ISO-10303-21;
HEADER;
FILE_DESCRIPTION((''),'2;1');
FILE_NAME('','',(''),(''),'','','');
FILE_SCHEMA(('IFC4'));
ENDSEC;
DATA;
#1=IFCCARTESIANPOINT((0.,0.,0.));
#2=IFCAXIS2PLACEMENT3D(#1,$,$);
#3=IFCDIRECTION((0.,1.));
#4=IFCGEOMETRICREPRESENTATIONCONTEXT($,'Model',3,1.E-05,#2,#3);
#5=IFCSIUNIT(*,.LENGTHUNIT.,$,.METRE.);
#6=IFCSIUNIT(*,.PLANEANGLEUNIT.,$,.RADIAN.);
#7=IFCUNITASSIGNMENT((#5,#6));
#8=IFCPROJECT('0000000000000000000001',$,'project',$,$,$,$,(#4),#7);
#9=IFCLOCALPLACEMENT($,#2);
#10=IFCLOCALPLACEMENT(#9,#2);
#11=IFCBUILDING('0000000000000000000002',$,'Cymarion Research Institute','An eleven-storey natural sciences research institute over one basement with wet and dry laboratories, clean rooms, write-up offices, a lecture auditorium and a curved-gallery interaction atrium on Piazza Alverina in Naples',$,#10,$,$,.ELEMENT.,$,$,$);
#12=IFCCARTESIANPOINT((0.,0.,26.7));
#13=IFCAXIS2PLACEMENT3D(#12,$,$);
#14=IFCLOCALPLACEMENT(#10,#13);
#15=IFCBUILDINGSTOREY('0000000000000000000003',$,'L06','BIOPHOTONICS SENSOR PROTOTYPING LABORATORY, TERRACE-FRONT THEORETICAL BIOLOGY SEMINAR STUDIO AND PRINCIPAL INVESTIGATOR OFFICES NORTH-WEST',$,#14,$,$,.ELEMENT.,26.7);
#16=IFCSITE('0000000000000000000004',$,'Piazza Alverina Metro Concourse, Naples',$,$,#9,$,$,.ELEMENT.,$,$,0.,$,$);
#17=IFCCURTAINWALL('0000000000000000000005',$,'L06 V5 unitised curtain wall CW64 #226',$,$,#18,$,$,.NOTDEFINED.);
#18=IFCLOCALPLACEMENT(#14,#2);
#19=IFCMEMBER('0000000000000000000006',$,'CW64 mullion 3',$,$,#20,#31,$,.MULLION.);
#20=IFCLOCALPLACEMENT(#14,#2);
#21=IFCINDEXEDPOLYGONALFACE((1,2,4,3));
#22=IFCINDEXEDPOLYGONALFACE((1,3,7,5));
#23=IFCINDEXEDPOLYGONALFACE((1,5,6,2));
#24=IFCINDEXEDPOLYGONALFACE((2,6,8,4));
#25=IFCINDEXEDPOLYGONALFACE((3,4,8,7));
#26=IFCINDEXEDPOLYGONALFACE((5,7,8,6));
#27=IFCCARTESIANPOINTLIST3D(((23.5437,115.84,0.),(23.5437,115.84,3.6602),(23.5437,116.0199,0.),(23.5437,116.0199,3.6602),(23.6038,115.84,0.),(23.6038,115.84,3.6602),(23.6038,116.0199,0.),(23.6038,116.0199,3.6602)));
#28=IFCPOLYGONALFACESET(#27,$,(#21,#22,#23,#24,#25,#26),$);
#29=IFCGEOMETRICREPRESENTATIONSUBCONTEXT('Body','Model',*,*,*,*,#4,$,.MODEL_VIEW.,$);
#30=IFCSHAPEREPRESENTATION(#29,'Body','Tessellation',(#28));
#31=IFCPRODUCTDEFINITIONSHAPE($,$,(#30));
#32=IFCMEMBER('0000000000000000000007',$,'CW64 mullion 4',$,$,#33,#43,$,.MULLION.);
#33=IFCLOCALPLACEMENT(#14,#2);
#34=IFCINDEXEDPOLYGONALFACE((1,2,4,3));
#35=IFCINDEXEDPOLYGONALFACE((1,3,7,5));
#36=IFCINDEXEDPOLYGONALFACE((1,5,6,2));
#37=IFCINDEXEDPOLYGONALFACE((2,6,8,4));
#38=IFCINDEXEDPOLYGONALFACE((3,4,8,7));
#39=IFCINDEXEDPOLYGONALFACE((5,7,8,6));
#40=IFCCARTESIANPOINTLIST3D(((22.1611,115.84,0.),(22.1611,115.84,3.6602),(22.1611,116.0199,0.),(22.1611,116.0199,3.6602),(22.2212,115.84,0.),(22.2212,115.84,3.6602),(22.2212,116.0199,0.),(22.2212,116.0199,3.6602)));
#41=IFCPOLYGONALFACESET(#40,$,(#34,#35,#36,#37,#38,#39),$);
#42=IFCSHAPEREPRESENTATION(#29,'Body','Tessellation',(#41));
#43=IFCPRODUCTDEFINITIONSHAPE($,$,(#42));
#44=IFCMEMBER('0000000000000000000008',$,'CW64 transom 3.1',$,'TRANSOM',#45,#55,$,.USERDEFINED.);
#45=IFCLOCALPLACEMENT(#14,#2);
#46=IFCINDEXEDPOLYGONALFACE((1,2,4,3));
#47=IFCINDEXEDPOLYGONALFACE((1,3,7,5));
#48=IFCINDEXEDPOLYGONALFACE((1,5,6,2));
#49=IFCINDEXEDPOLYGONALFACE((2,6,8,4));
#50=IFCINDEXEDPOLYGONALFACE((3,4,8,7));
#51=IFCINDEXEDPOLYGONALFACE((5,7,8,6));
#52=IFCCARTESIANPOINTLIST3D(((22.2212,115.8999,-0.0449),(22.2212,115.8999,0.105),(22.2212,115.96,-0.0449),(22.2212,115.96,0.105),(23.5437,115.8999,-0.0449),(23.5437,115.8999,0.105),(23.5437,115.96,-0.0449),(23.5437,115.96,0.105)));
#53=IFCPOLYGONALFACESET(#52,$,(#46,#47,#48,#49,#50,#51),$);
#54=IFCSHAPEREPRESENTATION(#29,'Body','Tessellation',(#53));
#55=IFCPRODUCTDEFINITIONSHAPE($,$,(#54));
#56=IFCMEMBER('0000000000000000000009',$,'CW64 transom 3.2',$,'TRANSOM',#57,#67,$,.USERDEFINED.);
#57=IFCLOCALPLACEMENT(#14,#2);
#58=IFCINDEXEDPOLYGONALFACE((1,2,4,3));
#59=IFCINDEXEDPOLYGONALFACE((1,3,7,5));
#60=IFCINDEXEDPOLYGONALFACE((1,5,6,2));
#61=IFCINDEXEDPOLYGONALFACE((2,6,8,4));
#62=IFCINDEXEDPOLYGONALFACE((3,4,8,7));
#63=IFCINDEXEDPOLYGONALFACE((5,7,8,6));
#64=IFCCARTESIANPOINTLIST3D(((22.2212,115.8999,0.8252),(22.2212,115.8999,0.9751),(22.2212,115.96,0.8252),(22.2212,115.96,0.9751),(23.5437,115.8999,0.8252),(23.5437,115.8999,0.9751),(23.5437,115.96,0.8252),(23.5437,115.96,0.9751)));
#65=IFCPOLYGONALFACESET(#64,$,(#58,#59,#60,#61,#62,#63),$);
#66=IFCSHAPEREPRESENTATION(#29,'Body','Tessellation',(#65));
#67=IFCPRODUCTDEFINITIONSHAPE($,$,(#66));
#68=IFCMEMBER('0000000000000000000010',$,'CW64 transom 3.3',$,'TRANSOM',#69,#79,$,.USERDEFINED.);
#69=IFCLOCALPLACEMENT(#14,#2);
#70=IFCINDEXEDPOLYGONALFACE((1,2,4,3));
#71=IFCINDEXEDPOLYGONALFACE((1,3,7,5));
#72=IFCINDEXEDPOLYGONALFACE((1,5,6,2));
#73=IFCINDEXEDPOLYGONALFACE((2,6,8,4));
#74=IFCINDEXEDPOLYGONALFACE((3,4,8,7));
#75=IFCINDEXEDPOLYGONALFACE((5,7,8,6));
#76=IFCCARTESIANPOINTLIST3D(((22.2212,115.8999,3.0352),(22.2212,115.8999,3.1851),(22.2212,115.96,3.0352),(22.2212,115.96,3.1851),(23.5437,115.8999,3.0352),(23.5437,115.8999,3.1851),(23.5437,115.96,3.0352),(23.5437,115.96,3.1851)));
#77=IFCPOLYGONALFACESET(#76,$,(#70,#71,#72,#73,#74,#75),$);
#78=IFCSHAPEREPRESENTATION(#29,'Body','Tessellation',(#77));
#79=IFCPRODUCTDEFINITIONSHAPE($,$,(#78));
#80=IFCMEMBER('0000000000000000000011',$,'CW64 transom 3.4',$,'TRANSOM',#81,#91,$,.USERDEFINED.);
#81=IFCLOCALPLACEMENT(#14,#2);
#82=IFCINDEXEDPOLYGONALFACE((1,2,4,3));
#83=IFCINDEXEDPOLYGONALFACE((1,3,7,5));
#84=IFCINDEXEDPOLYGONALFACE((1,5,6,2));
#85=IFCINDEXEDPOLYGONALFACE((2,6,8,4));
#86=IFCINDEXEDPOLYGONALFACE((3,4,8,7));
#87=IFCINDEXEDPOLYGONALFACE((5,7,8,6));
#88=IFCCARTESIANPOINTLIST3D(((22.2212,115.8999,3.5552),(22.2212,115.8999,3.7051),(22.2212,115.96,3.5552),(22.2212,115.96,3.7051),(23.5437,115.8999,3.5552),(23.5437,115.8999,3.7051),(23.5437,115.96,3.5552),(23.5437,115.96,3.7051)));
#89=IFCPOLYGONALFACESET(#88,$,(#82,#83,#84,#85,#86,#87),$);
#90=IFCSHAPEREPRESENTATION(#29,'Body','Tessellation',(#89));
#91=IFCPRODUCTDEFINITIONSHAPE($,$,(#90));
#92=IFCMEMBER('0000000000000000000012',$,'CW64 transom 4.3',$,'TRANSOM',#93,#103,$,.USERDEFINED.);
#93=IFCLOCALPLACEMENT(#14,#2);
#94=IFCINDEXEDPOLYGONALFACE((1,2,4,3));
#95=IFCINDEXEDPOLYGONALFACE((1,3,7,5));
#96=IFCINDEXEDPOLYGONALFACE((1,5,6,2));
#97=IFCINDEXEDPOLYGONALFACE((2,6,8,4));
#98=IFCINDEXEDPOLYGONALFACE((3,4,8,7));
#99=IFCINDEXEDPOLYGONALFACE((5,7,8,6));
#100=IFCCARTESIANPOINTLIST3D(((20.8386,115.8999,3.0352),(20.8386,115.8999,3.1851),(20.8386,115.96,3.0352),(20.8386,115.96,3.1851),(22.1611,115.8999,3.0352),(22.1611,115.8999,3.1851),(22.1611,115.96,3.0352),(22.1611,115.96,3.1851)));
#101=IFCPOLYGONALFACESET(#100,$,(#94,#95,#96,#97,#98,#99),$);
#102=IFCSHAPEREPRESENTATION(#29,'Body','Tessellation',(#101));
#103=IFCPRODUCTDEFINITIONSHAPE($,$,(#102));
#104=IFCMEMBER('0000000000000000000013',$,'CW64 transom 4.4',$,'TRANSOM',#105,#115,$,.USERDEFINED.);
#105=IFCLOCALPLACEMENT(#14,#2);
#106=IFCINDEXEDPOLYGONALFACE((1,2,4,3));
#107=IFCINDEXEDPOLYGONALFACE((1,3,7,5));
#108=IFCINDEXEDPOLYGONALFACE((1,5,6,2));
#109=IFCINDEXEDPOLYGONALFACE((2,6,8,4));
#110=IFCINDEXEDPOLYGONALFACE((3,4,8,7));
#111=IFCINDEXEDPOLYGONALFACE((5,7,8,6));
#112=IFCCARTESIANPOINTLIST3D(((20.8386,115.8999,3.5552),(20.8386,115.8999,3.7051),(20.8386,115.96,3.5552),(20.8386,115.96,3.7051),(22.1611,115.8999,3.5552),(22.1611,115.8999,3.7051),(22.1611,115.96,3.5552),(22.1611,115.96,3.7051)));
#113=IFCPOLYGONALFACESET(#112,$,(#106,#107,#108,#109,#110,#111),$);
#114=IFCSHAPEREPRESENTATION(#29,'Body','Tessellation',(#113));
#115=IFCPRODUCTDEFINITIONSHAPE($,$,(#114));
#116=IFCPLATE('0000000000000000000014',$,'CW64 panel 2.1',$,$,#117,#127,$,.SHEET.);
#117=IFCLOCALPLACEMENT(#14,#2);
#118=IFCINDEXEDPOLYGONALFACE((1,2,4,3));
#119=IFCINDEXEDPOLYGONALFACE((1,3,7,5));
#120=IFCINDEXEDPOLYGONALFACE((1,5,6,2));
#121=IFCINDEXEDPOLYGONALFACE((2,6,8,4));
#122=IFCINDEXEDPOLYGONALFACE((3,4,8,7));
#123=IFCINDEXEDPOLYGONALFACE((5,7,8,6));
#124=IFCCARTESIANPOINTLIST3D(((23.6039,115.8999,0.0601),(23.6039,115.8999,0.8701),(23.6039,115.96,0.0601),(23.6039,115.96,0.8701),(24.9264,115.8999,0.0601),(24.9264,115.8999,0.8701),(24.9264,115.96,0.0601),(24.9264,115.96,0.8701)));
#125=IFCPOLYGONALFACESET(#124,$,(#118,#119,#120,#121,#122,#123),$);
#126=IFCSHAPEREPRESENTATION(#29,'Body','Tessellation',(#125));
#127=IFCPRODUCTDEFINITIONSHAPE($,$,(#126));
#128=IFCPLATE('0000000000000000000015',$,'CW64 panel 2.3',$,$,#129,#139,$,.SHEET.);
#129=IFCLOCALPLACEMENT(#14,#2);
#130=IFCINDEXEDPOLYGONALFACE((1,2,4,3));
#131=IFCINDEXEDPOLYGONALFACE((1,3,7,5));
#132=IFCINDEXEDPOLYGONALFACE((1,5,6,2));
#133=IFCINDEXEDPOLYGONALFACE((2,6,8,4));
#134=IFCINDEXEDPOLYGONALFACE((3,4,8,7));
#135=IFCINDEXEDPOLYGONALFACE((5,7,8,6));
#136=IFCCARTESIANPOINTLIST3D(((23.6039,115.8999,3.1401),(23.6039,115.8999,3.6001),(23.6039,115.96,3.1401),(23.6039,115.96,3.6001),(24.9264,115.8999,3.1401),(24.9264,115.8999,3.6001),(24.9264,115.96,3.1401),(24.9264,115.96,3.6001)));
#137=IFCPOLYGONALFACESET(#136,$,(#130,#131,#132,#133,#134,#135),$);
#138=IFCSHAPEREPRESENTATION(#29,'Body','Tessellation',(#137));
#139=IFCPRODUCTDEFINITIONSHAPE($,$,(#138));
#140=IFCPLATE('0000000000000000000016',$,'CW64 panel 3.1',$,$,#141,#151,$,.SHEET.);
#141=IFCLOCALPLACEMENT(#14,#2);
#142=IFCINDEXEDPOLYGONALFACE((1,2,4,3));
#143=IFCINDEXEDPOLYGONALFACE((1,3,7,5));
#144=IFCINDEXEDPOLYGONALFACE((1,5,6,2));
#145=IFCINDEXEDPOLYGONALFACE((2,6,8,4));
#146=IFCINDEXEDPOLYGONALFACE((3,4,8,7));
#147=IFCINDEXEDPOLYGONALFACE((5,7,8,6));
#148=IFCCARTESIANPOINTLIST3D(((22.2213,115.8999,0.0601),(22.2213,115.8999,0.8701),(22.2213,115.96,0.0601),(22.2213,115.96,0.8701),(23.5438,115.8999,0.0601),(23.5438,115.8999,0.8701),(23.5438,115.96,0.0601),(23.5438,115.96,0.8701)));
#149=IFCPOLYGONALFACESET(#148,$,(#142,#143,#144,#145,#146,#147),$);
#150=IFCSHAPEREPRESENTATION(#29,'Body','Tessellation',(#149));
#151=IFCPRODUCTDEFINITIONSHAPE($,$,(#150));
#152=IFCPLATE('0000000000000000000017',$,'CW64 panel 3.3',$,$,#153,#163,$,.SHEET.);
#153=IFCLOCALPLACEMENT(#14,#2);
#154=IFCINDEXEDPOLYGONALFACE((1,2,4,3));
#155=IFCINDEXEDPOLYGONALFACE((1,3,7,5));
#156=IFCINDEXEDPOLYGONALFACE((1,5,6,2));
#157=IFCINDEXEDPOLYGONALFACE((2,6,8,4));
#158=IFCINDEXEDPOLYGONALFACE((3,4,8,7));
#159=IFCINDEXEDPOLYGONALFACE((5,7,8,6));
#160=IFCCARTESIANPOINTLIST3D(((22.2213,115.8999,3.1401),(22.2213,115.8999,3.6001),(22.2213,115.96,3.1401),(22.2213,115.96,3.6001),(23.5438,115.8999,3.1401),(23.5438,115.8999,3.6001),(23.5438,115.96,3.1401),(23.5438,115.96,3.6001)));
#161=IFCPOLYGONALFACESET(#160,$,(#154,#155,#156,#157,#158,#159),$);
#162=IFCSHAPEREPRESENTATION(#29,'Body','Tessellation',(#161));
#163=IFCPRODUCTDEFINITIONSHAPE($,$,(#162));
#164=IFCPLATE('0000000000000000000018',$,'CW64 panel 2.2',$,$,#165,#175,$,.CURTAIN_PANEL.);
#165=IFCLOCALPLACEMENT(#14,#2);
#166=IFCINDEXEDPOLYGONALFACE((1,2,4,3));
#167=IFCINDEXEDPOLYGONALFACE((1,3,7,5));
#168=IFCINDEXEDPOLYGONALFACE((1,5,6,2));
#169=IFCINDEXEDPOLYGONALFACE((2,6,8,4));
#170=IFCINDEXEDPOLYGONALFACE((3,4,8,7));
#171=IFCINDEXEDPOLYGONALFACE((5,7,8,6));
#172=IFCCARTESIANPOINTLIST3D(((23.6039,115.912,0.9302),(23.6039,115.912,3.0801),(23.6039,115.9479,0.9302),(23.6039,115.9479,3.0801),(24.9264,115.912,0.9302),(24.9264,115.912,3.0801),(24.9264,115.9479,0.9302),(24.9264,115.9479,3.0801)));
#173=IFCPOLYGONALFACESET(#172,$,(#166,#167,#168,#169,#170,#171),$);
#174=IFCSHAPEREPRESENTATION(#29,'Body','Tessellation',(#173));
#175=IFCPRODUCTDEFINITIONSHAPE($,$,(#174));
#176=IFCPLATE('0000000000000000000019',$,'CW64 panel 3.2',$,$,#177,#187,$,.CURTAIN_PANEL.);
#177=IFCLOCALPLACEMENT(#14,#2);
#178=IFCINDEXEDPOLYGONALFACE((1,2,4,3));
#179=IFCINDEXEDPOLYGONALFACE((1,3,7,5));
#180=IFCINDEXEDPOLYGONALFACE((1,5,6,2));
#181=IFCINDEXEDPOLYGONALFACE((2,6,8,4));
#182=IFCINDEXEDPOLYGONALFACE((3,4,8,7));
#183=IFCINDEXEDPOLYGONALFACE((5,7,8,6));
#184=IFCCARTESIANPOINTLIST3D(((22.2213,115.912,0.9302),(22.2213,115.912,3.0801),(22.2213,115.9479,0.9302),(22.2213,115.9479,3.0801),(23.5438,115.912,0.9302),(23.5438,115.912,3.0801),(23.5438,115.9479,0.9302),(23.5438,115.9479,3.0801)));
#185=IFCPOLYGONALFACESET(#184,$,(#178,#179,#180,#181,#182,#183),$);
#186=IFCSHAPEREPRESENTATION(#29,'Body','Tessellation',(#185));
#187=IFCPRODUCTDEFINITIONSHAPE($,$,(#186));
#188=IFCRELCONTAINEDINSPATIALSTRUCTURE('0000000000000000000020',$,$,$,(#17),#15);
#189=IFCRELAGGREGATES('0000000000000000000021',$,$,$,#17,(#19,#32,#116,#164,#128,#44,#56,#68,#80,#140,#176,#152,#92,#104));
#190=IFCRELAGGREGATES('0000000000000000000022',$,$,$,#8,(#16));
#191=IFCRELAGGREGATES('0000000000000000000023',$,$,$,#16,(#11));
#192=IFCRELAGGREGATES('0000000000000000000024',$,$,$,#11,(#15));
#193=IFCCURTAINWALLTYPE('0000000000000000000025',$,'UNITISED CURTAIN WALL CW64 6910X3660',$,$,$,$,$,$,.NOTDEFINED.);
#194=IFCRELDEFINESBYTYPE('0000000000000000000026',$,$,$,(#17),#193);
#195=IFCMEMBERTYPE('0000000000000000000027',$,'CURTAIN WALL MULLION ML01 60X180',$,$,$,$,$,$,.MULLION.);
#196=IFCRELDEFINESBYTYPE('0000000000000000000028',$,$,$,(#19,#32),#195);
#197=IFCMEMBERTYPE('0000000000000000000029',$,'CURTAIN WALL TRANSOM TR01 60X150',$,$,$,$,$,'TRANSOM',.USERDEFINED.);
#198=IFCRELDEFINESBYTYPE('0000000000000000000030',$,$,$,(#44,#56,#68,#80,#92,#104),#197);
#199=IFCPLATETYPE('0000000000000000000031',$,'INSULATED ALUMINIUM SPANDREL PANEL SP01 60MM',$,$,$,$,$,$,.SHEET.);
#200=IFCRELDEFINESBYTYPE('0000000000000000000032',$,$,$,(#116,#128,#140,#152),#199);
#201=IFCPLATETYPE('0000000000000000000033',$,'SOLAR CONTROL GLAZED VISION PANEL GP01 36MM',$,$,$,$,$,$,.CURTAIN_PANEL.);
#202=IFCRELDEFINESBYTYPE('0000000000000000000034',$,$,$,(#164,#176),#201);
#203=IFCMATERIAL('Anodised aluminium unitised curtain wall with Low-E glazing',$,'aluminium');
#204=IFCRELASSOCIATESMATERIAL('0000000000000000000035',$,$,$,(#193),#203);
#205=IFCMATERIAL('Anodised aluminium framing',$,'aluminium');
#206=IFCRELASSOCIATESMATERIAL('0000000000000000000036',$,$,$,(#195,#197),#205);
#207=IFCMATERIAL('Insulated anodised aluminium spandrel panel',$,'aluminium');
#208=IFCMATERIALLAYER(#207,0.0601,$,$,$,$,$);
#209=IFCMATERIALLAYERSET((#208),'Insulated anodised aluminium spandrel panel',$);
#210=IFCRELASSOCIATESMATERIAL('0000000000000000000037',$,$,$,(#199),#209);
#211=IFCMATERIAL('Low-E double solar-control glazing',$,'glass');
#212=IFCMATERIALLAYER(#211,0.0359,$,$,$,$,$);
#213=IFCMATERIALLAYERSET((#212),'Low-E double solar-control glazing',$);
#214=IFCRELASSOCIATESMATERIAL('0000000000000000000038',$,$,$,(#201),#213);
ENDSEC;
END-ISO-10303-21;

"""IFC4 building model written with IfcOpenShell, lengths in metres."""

from ifc_helpers import new_model, si_unit, direction, frame, origin, origin_2d, place, context, subcontext, project, spatial, rectangle, extrude, material, layer, layer_set, material_profile, profile_set, type_object, element, aggregate, save


model = new_model("IFC4")

# Units and contexts
model_context = context("Model", 3, precision=1e-05, world=origin(), true_north=direction((0.0, 1.0)))
body_context = subcontext(model_context, "Body", "Model", "MODEL_VIEW")
ifc_project = project(units=[si_unit("LENGTHUNIT", "METRE"), si_unit("PLANEANGLEUNIT", "RADIAN")], contexts=[model_context])

# Site, building, storey
site_placement = place(None, origin())
site = spatial("IfcSite", under=ifc_project, at=site_placement, Name="Piazza Alverina Metro Concourse, Naples", CompositionType="ELEMENT", RefElevation=0.0)
building_placement = place(site_placement, origin())
building = spatial("IfcBuilding", under=site, at=building_placement, Name="Cymarion Research Institute", Description="An eleven-storey natural sciences research institute over one basement with wet and dry laboratories, clean rooms, write-up offices, a lecture auditorium and a curved-gallery interaction atrium on Piazza Alverina in Naples", CompositionType="ELEMENT")
storey_placement = place(building_placement, frame((0.0, 0.0, 26.7)))
storey = spatial("IfcBuildingStorey", under=building, at=storey_placement, Name="L06", Description="BIOPHOTONICS SENSOR PROTOTYPING LABORATORY, TERRACE-FRONT THEORETICAL BIOLOGY SEMINAR STUDIO AND PRINCIPAL INVESTIGATOR OFFICES NORTH-WEST", CompositionType="ELEMENT", Elevation=26.7)

# Curtain wall, members, plates
ifc_material_1 = material(Name="Anodised aluminium unitised curtain wall with Low-E glazing", Category="aluminium")
curtain_wall_type = type_object("IfcCurtainWallType", Name="UNITISED CURTAIN WALL CW64 6910X3660", PredefinedType="NOTDEFINED", material=ifc_material_1)
curtain_wall_placement = place(storey_placement, origin())
curtain_wall = element("IfcCurtainWall", 1, at=curtain_wall_placement, inside=storey, type_object=curtain_wall_type, Name="L06 V5 unitised curtain wall CW64 #226", PredefinedType="NOTDEFINED")
ifc_material_2 = material(Name="Anodised aluminium framing", Category="aluminium")
ifc_material_profile_1 = material_profile(ifc_material_2, rectangle(XDim=0.0601, YDim=0.1799, at=origin_2d()), Name="ALU MULLION 60x180")
ifc_profile_set_1 = profile_set([ifc_material_profile_1], Name="Anodised aluminium framing")
member_type_1 = type_object("IfcMemberType", Name="CURTAIN WALL MULLION ML01 60X180", PredefinedType="MULLION", material=ifc_profile_set_1)
member_1_placement = place(storey_placement, frame((23.5737, 115.9299, 0.0), z_axis=(0.0, 0.0, 1.0), x_axis=(-1.0, 0.0, 0.0)))
member_1 = element("IfcMember", 2, at=member_1_placement, type_object=member_type_1, Name="CW64 mullion 3", PredefinedType="MULLION", context=body_context, shape_type="SweptSolid", body=[
    extrude(rectangle(XDim=0.0601, YDim=0.1799, at=origin_2d()), origin(), (0.0, 0.0, 1.0), 3.6602),
])
member_2_placement = place(storey_placement, frame((22.1912, 115.9299, 0.0), z_axis=(0.0, 0.0, 1.0), x_axis=(-1.0, 0.0, 0.0)))
member_2 = element("IfcMember", 3, at=member_2_placement, type_object=member_type_1, Name="CW64 mullion 4", PredefinedType="MULLION", context=body_context, shape_type="SweptSolid", body=[
    extrude(rectangle(XDim=0.0601, YDim=0.1799, at=origin_2d()), origin(), (0.0, 0.0, 1.0), 3.6602),
])
ifc_material_profile_2 = material_profile(ifc_material_2, rectangle(XDim=0.0601, YDim=0.1499, at=origin_2d()), Name="ALU TRANSOM 60x150")
ifc_profile_set_2 = profile_set([ifc_material_profile_2], Name="Anodised aluminium framing")
member_type_2 = type_object("IfcMemberType", Name="CURTAIN WALL TRANSOM TR01 60X150", ElementType="TRANSOM", PredefinedType="USERDEFINED", material=ifc_profile_set_2)
member_3_placement = place(storey_placement, frame((23.5437, 115.9299, 0.03), z_axis=(-1.0, 0.0, 0.0), x_axis=(0.0, -1.0, 0.0)))
member_3 = element("IfcMember", 4, at=member_3_placement, type_object=member_type_2, Name="CW64 transom 3.1", ObjectType="TRANSOM", PredefinedType="USERDEFINED", context=body_context, shape_type="SweptSolid", body=[
    extrude(rectangle(XDim=0.0601, YDim=0.1499, at=origin_2d()), origin(), (0.0, 0.0, 1.0), 1.3225),
])
member_4_placement = place(storey_placement, frame((23.5437, 115.9299, 0.9001), z_axis=(-1.0, 0.0, 0.0), x_axis=(0.0, -1.0, 0.0)))
member_4 = element("IfcMember", 5, at=member_4_placement, type_object=member_type_2, Name="CW64 transom 3.2", ObjectType="TRANSOM", PredefinedType="USERDEFINED", context=body_context, shape_type="SweptSolid", body=[
    extrude(rectangle(XDim=0.0601, YDim=0.1499, at=origin_2d()), origin(), (0.0, 0.0, 1.0), 1.3225),
])
member_5_placement = place(storey_placement, frame((23.5437, 115.9299, 3.1101), z_axis=(-1.0, 0.0, 0.0), x_axis=(0.0, -1.0, 0.0)))
member_5 = element("IfcMember", 6, at=member_5_placement, type_object=member_type_2, Name="CW64 transom 3.3", ObjectType="TRANSOM", PredefinedType="USERDEFINED", context=body_context, shape_type="SweptSolid", body=[
    extrude(rectangle(XDim=0.0601, YDim=0.1499, at=origin_2d()), origin(), (0.0, 0.0, 1.0), 1.3225),
])
member_6_placement = place(storey_placement, frame((23.5437, 115.9299, 3.6301), z_axis=(-1.0, 0.0, 0.0), x_axis=(0.0, -1.0, 0.0)))
member_6 = element("IfcMember", 7, at=member_6_placement, type_object=member_type_2, Name="CW64 transom 3.4", ObjectType="TRANSOM", PredefinedType="USERDEFINED", context=body_context, shape_type="SweptSolid", body=[
    extrude(rectangle(XDim=0.0601, YDim=0.1499, at=origin_2d()), origin(), (0.0, 0.0, 1.0), 1.3225),
])
member_7_placement = place(storey_placement, frame((22.1611, 115.9299, 3.1101), z_axis=(-1.0, 0.0, 0.0), x_axis=(0.0, -1.0, 0.0)))
member_7 = element("IfcMember", 8, at=member_7_placement, type_object=member_type_2, Name="CW64 transom 4.3", ObjectType="TRANSOM", PredefinedType="USERDEFINED", context=body_context, shape_type="SweptSolid", body=[
    extrude(rectangle(XDim=0.0601, YDim=0.1499, at=origin_2d()), origin(), (0.0, 0.0, 1.0), 1.3225),
])
member_8_placement = place(storey_placement, frame((22.1611, 115.9299, 3.6301), z_axis=(-1.0, 0.0, 0.0), x_axis=(0.0, -1.0, 0.0)))
member_8 = element("IfcMember", 9, at=member_8_placement, type_object=member_type_2, Name="CW64 transom 4.4", ObjectType="TRANSOM", PredefinedType="USERDEFINED", context=body_context, shape_type="SweptSolid", body=[
    extrude(rectangle(XDim=0.0601, YDim=0.1499, at=origin_2d()), origin(), (0.0, 0.0, 1.0), 1.3225),
])
ifc_material_3 = material(Name="Insulated anodised aluminium spandrel panel", Category="aluminium")
ifc_layer_1 = layer(ifc_material_3, 0.0601)
ifc_layer_set_1 = layer_set([ifc_layer_1], Name="Insulated anodised aluminium spandrel panel")
plate_type_1 = type_object("IfcPlateType", Name="INSULATED ALUMINIUM SPANDREL PANEL SP01 60MM", PredefinedType="SHEET", material=ifc_layer_set_1)
plate_1_placement = place(storey_placement, frame((24.2651, 115.9299, 0.0601), z_axis=(0.0, 0.0, 1.0), x_axis=(-1.0, 0.0, 0.0)))
plate_1 = element("IfcPlate", 10, at=plate_1_placement, type_object=plate_type_1, Name="CW64 panel 2.1", PredefinedType="SHEET", context=body_context, shape_type="SweptSolid", body=[
    extrude(rectangle(XDim=1.3225, YDim=0.0601, at=origin_2d()), origin(), (0.0, 0.0, 1.0), 0.8101),
])
plate_2_placement = place(storey_placement, frame((24.2651, 115.9299, 3.1401), z_axis=(0.0, 0.0, 1.0), x_axis=(-1.0, 0.0, 0.0)))
plate_2 = element("IfcPlate", 11, at=plate_2_placement, type_object=plate_type_1, Name="CW64 panel 2.3", PredefinedType="SHEET", context=body_context, shape_type="SweptSolid", body=[
    extrude(rectangle(XDim=1.3225, YDim=0.0601, at=origin_2d()), origin(), (0.0, 0.0, 1.0), 0.46),
])
plate_3_placement = place(storey_placement, frame((22.8826, 115.9299, 0.0601), z_axis=(0.0, 0.0, 1.0), x_axis=(-1.0, 0.0, 0.0)))
plate_3 = element("IfcPlate", 12, at=plate_3_placement, type_object=plate_type_1, Name="CW64 panel 3.1", PredefinedType="SHEET", context=body_context, shape_type="SweptSolid", body=[
    extrude(rectangle(XDim=1.3225, YDim=0.0601, at=origin_2d()), origin(), (0.0, 0.0, 1.0), 0.8101),
])
plate_4_placement = place(storey_placement, frame((22.8826, 115.9299, 3.1401), z_axis=(0.0, 0.0, 1.0), x_axis=(-1.0, 0.0, 0.0)))
plate_4 = element("IfcPlate", 13, at=plate_4_placement, type_object=plate_type_1, Name="CW64 panel 3.3", PredefinedType="SHEET", context=body_context, shape_type="SweptSolid", body=[
    extrude(rectangle(XDim=1.3225, YDim=0.0601, at=origin_2d()), origin(), (0.0, 0.0, 1.0), 0.46),
])
ifc_material_4 = material(Name="Low-E double solar-control glazing", Category="glass")
ifc_layer_2 = layer(ifc_material_4, 0.0359)
ifc_layer_set_2 = layer_set([ifc_layer_2], Name="Low-E double solar-control glazing")
plate_type_2 = type_object("IfcPlateType", Name="SOLAR CONTROL GLAZED VISION PANEL GP01 36MM", PredefinedType="CURTAIN_PANEL", material=ifc_layer_set_2)
plate_5_placement = place(storey_placement, frame((24.2651, 115.9299, 0.9302), z_axis=(0.0, 0.0, 1.0), x_axis=(-1.0, 0.0, 0.0)))
plate_5 = element("IfcPlate", 14, at=plate_5_placement, type_object=plate_type_2, Name="CW64 panel 2.2", PredefinedType="CURTAIN_PANEL", context=body_context, shape_type="SweptSolid", body=[
    extrude(rectangle(XDim=1.3225, YDim=0.0359, at=origin_2d()), origin(), (0.0, 0.0, 1.0), 2.1499),
])
plate_6_placement = place(storey_placement, frame((22.8826, 115.9299, 0.9302), z_axis=(0.0, 0.0, 1.0), x_axis=(-1.0, 0.0, 0.0)))
plate_6 = element("IfcPlate", 15, at=plate_6_placement, type_object=plate_type_2, Name="CW64 panel 3.2", PredefinedType="CURTAIN_PANEL", context=body_context, shape_type="SweptSolid", body=[
    extrude(rectangle(XDim=1.3225, YDim=0.0359, at=origin_2d()), origin(), (0.0, 0.0, 1.0), 2.1499),
])
aggregate(curtain_wall, [member_1, member_2, plate_1, plate_5, plate_2, member_3, member_4, member_5, member_6, plate_3, plate_6, plate_4, member_7, member_8])

save(model, "model.ifc")
